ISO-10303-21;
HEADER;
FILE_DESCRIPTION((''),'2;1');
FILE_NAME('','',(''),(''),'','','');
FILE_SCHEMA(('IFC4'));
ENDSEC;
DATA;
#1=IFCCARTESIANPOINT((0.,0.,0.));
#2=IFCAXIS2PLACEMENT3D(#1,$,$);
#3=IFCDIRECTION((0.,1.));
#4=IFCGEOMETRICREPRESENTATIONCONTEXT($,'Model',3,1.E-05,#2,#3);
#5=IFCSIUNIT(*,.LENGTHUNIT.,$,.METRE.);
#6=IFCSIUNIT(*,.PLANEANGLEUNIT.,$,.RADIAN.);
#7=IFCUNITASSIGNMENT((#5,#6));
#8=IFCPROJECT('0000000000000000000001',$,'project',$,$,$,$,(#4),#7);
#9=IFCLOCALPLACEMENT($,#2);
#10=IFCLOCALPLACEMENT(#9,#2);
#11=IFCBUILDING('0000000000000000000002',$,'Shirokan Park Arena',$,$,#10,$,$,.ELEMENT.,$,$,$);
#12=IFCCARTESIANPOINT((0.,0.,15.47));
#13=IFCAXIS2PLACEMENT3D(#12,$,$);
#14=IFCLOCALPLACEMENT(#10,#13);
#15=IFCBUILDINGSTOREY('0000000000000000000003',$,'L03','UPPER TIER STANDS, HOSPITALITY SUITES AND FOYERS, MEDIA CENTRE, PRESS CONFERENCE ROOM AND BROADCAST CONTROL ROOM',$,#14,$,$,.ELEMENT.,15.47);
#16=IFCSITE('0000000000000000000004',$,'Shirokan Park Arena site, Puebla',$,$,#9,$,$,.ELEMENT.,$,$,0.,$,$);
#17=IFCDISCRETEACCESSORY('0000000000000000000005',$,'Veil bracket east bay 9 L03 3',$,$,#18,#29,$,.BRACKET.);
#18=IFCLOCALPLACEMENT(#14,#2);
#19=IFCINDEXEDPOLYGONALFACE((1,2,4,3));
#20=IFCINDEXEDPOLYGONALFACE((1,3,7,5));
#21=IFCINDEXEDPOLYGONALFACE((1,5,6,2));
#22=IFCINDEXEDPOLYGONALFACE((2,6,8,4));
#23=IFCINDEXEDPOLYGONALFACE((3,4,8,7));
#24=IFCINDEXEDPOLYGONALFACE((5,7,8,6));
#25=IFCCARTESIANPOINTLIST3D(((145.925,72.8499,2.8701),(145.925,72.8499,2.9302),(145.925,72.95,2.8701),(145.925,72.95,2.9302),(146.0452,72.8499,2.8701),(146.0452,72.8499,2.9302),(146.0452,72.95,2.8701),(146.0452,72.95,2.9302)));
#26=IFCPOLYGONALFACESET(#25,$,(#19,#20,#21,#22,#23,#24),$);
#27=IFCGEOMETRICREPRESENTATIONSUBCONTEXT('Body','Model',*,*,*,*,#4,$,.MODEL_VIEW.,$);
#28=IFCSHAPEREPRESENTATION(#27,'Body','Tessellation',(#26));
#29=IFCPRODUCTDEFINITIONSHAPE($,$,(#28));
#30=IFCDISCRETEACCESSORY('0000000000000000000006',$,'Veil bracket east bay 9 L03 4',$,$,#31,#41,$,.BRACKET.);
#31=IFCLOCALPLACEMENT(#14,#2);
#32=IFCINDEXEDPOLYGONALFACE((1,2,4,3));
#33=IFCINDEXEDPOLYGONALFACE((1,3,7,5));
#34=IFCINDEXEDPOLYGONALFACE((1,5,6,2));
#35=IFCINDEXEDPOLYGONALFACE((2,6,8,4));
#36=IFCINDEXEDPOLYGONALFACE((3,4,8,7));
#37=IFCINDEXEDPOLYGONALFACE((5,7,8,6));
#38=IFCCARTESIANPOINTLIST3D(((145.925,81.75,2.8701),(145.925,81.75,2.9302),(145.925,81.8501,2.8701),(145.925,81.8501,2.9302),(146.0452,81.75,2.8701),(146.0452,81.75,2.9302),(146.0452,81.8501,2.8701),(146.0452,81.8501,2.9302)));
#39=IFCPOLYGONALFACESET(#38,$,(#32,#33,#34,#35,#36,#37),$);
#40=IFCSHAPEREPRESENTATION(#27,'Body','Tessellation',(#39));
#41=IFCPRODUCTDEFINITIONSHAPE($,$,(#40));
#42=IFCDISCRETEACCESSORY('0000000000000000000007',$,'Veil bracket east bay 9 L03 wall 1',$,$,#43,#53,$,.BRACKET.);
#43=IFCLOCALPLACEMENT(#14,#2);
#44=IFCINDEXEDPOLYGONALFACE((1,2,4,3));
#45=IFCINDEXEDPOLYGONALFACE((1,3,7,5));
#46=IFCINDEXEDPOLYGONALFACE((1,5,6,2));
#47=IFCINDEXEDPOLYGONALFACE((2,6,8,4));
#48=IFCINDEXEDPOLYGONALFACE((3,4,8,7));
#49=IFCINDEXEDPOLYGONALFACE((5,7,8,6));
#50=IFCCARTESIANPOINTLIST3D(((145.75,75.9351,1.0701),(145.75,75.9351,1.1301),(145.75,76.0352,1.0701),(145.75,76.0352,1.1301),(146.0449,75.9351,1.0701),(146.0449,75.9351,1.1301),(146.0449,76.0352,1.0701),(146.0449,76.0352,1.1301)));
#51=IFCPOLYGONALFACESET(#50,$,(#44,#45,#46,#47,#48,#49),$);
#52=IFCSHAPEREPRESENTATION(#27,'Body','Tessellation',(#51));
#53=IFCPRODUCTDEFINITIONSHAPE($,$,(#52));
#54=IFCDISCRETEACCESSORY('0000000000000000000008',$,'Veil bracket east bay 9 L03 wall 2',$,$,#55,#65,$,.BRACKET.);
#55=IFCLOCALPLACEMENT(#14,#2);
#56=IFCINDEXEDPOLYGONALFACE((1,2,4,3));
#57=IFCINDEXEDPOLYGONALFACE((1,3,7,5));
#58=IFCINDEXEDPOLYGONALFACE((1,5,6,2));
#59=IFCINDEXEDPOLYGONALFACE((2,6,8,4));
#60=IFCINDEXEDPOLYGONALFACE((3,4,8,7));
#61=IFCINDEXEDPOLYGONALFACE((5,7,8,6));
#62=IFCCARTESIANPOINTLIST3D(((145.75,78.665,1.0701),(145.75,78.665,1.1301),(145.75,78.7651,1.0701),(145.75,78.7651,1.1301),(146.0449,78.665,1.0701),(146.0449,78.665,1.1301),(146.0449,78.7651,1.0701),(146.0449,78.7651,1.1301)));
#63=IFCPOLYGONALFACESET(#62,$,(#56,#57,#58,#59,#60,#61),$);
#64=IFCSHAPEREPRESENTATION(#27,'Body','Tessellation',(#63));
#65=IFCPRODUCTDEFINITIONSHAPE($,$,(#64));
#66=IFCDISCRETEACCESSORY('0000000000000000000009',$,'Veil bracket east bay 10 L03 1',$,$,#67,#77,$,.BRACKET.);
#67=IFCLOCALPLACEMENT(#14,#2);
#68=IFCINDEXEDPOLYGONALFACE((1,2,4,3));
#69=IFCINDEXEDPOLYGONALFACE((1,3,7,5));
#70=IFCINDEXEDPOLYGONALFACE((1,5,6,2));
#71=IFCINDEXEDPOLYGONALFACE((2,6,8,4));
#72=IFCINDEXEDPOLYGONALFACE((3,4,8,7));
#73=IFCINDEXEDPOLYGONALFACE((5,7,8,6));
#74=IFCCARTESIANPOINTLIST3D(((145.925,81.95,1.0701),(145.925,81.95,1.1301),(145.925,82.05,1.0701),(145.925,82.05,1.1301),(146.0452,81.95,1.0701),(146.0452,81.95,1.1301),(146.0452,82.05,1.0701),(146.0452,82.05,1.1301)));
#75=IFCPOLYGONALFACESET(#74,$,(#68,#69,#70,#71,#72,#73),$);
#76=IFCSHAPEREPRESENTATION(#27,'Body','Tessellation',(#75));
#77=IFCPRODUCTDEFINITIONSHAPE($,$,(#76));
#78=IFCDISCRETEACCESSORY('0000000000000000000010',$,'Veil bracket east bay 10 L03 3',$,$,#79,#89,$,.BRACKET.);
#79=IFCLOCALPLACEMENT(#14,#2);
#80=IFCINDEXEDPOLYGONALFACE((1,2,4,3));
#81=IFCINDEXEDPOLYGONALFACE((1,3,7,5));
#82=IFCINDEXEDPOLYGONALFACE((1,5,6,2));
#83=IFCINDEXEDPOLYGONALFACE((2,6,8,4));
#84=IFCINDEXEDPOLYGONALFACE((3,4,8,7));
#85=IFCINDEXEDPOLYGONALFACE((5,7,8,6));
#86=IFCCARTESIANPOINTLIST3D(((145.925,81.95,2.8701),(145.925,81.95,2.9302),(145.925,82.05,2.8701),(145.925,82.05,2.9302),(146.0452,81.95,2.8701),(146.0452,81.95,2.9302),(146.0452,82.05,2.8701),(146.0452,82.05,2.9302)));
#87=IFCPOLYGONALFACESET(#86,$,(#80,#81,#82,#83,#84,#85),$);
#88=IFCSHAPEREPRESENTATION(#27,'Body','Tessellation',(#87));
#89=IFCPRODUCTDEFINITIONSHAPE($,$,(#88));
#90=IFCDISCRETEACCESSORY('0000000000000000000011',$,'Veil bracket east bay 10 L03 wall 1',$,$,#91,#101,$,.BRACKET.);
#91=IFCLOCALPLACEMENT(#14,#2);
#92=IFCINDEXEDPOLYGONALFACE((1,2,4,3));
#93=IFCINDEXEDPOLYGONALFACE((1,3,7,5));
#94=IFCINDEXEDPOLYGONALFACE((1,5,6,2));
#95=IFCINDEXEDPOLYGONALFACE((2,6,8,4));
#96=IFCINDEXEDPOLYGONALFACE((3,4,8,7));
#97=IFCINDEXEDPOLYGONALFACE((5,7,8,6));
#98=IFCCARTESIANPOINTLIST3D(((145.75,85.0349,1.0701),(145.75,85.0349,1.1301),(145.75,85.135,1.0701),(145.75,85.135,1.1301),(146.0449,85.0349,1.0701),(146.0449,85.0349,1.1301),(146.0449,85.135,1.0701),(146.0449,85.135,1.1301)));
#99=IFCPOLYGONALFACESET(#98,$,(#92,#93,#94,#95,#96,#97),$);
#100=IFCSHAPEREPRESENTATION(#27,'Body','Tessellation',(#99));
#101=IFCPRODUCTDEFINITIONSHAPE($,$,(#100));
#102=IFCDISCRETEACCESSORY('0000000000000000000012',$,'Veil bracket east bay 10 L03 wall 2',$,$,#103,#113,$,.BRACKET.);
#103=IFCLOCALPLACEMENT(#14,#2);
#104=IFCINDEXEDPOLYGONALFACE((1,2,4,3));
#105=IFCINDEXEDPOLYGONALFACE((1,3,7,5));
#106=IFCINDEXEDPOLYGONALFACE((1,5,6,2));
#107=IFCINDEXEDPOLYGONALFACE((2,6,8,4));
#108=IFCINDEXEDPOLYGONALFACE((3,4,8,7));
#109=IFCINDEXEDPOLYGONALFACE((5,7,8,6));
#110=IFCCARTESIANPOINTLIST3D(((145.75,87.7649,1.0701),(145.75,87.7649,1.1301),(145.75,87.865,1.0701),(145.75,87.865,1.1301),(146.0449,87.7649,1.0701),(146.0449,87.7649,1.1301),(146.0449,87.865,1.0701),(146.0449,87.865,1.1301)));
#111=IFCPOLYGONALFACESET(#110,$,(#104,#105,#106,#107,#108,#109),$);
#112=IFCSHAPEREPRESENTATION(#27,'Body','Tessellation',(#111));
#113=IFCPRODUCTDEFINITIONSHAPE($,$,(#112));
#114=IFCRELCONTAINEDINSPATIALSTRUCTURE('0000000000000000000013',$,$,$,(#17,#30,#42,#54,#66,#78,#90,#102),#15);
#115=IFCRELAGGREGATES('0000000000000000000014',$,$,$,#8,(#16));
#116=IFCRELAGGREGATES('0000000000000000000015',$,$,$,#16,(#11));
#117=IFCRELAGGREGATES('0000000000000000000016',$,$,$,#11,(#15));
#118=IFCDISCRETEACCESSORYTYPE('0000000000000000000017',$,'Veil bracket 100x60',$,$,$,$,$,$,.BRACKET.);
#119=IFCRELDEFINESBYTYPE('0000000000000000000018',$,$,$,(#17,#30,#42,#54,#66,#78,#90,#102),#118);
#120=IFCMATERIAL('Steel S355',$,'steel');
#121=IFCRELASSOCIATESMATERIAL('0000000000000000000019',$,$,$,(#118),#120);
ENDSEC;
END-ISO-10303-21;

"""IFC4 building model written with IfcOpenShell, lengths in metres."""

from ifc_helpers import new_model, si_unit, direction, frame, origin, origin_2d, place, context, subcontext, project, spatial, rectangle, extrude, material, type_object, element, save


model = new_model("IFC4")

# Units and contexts
model_context = context("Model", 3, precision=1e-05, world=origin(), true_north=direction((0.0, 1.0)))
body_context = subcontext(model_context, "Body", "Model", "MODEL_VIEW")
ifc_project = project(units=[si_unit("LENGTHUNIT", "METRE"), si_unit("PLANEANGLEUNIT", "RADIAN")], contexts=[model_context])

# Site, building, storey
site_placement = place(None, origin())
site = spatial("IfcSite", under=ifc_project, at=site_placement, Name="Shirokan Park Arena site, Puebla", CompositionType="ELEMENT", RefElevation=0.0)
building_placement = place(site_placement, origin())
building = spatial("IfcBuilding", under=site, at=building_placement, Name="Shirokan Park Arena", CompositionType="ELEMENT")
storey_placement = place(building_placement, frame((0.0, 0.0, 15.47)))
storey = spatial("IfcBuildingStorey", under=building, at=storey_placement, Name="L03", Description="UPPER TIER STANDS, HOSPITALITY SUITES AND FOYERS, MEDIA CENTRE, PRESS CONFERENCE ROOM AND BROADCAST CONTROL ROOM", CompositionType="ELEMENT", Elevation=15.47)

# Shared definitions
ifc_material_1 = material(Name="Steel S355", Category="steel")

# Discrete accessories
discrete_accessory_type = type_object("IfcDiscreteAccessoryType", Name="Veil bracket 100x60", PredefinedType="BRACKET", material=ifc_material_1)
for number, where, z_axis, x_axis, name in (
    (1, (145.9851, 72.8999, 2.8701), (0.0, 0.0, 1.0), (0.0, 1.0, 0.0), "Veil bracket east bay 9 L03 3"),
    (2, (145.9851, 81.8, 2.8701), (0.0, 0.0, 1.0), (0.0, 1.0, 0.0), "Veil bracket east bay 9 L03 4"),
):
    element("IfcDiscreteAccessory", number, at=place(storey_placement, frame(where, z_axis=z_axis, x_axis=x_axis)), inside=storey, type_object=discrete_accessory_type, Name=name, PredefinedType="BRACKET", context=body_context, shape_type="SweptSolid", body=[
        extrude(rectangle(XDim=0.1001, YDim=0.1201, at=origin_2d()), origin(), (0.0, 0.0, 1.0), 0.0601),
    ])
for number, where, z_axis, x_axis, name in (
    (3, (145.8975, 75.9851, 1.0701), (0.0, 0.0, 1.0), (0.0, 1.0, 0.0), "Veil bracket east bay 9 L03 wall 1"),
    (4, (145.8975, 78.7151, 1.0701), (0.0, 0.0, 1.0), (0.0, 1.0, 0.0), "Veil bracket east bay 9 L03 wall 2"),
):
    element("IfcDiscreteAccessory", number, at=place(storey_placement, frame(where, z_axis=z_axis, x_axis=x_axis)), inside=storey, type_object=discrete_accessory_type, Name=name, PredefinedType="BRACKET", context=body_context, shape_type="SweptSolid", body=[
        extrude(rectangle(XDim=0.1001, YDim=0.2949, at=origin_2d()), origin(), (0.0, 0.0, 1.0), 0.0601),
    ])
for number, where, z_axis, x_axis, name in (
    (5, (145.9851, 82.0, 1.0701), (0.0, 0.0, 1.0), (0.0, 1.0, 0.0), "Veil bracket east bay 10 L03 1"),
    (6, (145.9851, 82.0, 2.8701), (0.0, 0.0, 1.0), (0.0, 1.0, 0.0), "Veil bracket east bay 10 L03 3"),
):
    element("IfcDiscreteAccessory", number, at=place(storey_placement, frame(where, z_axis=z_axis, x_axis=x_axis)), inside=storey, type_object=discrete_accessory_type, Name=name, PredefinedType="BRACKET", context=body_context, shape_type="SweptSolid", body=[
        extrude(rectangle(XDim=0.1001, YDim=0.1201, at=origin_2d()), origin(), (0.0, 0.0, 1.0), 0.0601),
    ])
for number, where, z_axis, x_axis, name in (
    (7, (145.8975, 85.085, 1.0701), (0.0, 0.0, 1.0), (0.0, 1.0, 0.0), "Veil bracket east bay 10 L03 wall 1"),
    (8, (145.8975, 87.8149, 1.0701), (0.0, 0.0, 1.0), (0.0, 1.0, 0.0), "Veil bracket east bay 10 L03 wall 2"),
):
    element("IfcDiscreteAccessory", number, at=place(storey_placement, frame(where, z_axis=z_axis, x_axis=x_axis)), inside=storey, type_object=discrete_accessory_type, Name=name, PredefinedType="BRACKET", context=body_context, shape_type="SweptSolid", body=[
        extrude(rectangle(XDim=0.1001, YDim=0.2949, at=origin_2d()), origin(), (0.0, 0.0, 1.0), 0.0601),
    ])

save(model, "model.ifc")
